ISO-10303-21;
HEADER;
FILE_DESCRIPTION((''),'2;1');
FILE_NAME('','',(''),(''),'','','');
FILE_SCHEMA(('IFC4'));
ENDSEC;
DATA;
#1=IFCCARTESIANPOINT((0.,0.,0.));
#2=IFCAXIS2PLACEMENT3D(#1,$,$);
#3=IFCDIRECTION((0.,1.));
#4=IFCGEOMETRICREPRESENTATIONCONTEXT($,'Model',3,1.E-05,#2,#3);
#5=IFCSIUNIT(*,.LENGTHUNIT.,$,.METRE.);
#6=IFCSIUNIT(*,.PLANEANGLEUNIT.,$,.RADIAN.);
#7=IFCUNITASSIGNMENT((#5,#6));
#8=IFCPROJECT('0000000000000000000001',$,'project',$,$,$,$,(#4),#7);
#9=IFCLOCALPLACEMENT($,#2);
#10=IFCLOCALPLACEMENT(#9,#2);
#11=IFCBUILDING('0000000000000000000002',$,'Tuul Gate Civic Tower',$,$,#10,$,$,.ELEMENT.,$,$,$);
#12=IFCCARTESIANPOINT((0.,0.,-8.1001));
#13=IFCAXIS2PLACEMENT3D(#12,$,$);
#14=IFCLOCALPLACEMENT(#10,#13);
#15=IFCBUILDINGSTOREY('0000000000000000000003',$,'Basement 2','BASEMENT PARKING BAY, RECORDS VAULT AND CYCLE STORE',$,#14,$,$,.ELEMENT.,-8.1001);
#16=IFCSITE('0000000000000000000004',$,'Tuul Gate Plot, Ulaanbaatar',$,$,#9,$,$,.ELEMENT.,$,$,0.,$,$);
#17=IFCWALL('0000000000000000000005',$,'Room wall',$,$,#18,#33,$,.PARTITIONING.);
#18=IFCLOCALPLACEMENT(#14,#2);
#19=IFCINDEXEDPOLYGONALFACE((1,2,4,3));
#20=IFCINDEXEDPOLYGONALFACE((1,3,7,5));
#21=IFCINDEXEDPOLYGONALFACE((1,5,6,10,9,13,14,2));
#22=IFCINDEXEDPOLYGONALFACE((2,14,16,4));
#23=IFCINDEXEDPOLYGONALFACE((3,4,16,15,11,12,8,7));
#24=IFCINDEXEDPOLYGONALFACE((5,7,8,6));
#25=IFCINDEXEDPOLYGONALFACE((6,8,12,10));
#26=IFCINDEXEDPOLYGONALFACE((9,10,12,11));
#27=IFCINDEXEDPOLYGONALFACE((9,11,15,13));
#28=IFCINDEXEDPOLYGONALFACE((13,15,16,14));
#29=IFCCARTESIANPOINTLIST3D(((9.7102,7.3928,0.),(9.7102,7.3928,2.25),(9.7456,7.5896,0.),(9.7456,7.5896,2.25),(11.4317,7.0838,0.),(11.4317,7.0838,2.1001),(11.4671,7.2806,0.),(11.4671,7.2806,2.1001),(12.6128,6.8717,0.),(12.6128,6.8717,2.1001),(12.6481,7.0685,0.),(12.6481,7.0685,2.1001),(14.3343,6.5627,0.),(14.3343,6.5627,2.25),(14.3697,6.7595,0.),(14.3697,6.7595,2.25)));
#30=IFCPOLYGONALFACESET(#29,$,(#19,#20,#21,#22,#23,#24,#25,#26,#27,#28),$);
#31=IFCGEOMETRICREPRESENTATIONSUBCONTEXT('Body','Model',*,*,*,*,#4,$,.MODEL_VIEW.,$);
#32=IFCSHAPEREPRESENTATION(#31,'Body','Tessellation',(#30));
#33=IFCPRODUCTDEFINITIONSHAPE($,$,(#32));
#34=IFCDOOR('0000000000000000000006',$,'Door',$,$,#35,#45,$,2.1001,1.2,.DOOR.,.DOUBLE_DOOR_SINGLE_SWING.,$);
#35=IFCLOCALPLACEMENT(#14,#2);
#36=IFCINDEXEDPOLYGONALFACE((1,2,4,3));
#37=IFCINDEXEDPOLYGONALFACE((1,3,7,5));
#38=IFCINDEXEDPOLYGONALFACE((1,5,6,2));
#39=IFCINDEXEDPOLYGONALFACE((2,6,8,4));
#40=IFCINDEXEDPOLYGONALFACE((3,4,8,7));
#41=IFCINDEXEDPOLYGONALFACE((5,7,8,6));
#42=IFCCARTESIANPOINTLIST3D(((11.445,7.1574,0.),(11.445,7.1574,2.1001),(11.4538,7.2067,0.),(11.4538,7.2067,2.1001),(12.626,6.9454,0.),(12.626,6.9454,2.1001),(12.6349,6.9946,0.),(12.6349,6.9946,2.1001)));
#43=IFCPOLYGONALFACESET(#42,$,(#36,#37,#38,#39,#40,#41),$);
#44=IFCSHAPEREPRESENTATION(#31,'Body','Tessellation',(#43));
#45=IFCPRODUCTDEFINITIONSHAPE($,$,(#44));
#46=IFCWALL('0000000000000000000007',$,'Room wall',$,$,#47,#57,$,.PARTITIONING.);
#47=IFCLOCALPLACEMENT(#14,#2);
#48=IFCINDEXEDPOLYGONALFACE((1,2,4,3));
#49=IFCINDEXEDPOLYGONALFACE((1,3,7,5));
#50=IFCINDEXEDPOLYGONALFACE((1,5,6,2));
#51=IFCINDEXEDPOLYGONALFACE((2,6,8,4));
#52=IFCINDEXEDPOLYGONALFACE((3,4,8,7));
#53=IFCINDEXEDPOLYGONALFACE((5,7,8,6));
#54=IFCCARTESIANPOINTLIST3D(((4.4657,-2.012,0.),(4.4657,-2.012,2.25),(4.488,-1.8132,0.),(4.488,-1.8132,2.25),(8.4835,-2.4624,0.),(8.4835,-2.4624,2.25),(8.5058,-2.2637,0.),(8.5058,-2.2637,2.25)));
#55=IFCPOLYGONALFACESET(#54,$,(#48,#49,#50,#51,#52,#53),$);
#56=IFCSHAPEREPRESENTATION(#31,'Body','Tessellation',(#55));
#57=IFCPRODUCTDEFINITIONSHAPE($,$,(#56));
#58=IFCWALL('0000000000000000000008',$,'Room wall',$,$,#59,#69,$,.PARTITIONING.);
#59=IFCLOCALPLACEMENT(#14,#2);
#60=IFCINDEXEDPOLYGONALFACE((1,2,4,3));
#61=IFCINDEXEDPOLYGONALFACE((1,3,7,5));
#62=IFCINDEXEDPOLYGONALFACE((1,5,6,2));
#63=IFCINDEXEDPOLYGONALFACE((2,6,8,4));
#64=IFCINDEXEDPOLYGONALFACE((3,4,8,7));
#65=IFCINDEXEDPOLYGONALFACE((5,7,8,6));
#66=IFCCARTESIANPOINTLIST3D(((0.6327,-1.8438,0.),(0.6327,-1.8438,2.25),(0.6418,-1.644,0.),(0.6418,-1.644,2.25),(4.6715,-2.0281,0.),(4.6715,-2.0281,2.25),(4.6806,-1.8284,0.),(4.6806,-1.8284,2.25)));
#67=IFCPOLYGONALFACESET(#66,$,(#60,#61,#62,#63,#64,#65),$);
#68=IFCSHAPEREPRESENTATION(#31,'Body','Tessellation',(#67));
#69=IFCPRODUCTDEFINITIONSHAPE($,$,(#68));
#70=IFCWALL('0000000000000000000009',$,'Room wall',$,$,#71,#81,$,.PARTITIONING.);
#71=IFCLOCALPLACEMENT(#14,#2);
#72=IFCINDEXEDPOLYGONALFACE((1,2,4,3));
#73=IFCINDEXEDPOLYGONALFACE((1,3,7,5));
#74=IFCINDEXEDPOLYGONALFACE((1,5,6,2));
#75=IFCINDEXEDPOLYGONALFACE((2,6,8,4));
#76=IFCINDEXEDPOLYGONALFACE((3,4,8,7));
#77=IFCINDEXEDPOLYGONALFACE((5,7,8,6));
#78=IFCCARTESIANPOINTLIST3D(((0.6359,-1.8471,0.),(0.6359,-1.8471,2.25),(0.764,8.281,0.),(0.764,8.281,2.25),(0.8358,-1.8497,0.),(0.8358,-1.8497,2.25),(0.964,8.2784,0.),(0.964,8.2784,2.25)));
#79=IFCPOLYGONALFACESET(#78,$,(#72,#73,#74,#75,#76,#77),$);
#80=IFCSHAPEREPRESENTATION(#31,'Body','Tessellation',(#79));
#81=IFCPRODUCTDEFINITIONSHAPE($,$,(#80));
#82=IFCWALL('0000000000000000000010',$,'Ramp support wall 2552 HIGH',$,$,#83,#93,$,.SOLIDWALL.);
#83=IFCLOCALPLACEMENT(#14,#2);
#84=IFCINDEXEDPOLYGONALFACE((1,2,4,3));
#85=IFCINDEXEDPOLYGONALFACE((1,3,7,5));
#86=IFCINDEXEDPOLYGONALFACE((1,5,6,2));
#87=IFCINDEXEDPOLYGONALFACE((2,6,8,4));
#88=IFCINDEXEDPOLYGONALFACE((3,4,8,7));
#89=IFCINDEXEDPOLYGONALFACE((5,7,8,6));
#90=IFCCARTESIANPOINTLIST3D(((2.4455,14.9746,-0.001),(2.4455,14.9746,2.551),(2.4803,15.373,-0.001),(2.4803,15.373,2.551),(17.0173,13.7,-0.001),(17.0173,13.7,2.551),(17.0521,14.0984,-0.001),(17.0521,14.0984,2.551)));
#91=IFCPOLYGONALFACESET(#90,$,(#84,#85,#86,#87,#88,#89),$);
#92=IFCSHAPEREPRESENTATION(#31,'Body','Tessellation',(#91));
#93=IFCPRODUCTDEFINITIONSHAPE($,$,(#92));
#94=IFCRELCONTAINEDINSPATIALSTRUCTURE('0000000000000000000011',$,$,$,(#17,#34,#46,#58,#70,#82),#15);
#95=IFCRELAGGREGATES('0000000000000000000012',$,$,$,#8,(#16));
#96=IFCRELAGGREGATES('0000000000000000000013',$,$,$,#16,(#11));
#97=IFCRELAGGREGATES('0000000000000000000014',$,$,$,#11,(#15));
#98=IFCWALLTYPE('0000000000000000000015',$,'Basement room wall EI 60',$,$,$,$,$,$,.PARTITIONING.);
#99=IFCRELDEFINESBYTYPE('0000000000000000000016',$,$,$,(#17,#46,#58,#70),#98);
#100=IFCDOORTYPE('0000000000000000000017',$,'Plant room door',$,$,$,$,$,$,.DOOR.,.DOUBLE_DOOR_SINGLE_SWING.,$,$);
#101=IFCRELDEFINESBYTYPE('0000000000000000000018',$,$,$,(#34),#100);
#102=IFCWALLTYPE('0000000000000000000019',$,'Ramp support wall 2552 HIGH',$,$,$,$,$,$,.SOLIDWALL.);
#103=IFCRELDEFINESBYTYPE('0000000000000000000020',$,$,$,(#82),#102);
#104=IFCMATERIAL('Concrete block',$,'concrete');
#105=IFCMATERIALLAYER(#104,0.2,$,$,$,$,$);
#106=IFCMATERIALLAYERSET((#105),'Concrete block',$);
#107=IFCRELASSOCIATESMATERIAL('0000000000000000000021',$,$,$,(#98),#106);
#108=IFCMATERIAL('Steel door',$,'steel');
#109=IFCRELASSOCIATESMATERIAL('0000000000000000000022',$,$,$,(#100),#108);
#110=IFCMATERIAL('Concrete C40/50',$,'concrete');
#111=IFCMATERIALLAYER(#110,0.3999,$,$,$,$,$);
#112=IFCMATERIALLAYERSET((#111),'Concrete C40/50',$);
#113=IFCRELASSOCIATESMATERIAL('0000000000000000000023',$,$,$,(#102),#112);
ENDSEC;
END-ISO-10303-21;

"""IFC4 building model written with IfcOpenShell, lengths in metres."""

from ifc_helpers import new_model, si_unit, direction, frame, frame_2d, origin, place, context, subcontext, project, spatial, rectangle, extrude, material, layer, layer_set, type_object, element, fill, save


model = new_model("IFC4")

# Units and contexts
model_context = context("Model", 3, precision=1e-05, world=origin(), true_north=direction((0.0, 1.0)))
body_context = subcontext(model_context, "Body", "Model", "MODEL_VIEW")
ifc_project = project(units=[si_unit("LENGTHUNIT", "METRE"), si_unit("PLANEANGLEUNIT", "RADIAN")], contexts=[model_context])

# Site, building, storey
site_placement = place(None, origin())
site = spatial("IfcSite", under=ifc_project, at=site_placement, Name="Tuul Gate Plot, Ulaanbaatar", CompositionType="ELEMENT", RefElevation=0.0)
building_placement = place(site_placement, origin())
building = spatial("IfcBuilding", under=site, at=building_placement, Name="Tuul Gate Civic Tower", CompositionType="ELEMENT")
storey_placement = place(building_placement, frame((0.0, 0.0, -8.1001)))
storey = spatial("IfcBuildingStorey", under=building, at=storey_placement, Name="Basement 2", Description="BASEMENT PARKING BAY, RECORDS VAULT AND CYCLE STORE", CompositionType="ELEMENT", Elevation=-8.1001)

# Shared definitions
ifc_material_1 = material(Name="Concrete block", Category="concrete")
ifc_layer_1 = layer(ifc_material_1, 0.2)
ifc_layer_set_1 = layer_set([ifc_layer_1], Name="Concrete block")
wall_type_1 = type_object("IfcWallType", Name="Basement room wall EI 60", PredefinedType="PARTITIONING", material=ifc_layer_set_1)

# Wall, opening, door
wall_1_placement = place(storey_placement, frame((9.7278, 7.4912, 0.0), z_axis=(0.0, 0.0, 1.0), x_axis=(0.984267, -0.17669, 0.0)))
wall_1 = element("IfcWall", 1, at=wall_1_placement, inside=storey, type_object=wall_type_1, Name="Room wall", PredefinedType="PARTITIONING", context=body_context, shape_type="SweptSolid", body=[
    extrude(rectangle(XDim=4.698, YDim=0.2, at=frame_2d((2.3491, 0.0))), origin(), (0.0, 0.0, 1.0), 2.25),
])
opening_placement = place(wall_1_placement, frame((1.749, 0.0, 0.0)))
opening = element("IfcOpeningElement", 2, at=opening_placement, cuts=wall_1, PredefinedType="OPENING", context=body_context, shape_type="SweptSolid", body=[
    extrude(rectangle(XDim=1.2, YDim=2.1001, at=frame_2d((0.6001, 1.05))), frame((0.0, 0.1099, 0.0), z_axis=(0.0, -1.0, 0.0), x_axis=(1.0, 0.0, 0.0)), (0.0, 0.0, 1.0), 0.22),
])
ifc_material_2 = material(Name="Steel door", Category="steel")
door_type = type_object("IfcDoorType", Name="Plant room door", OperationType="DOUBLE_DOOR_SINGLE_SWING", PredefinedType="DOOR", material=ifc_material_2)
door_placement = place(opening_placement, origin())
door = element("IfcDoor", 3, at=door_placement, inside=storey, type_object=door_type, Name="Door", OperationType="DOUBLE_DOOR_SINGLE_SWING", OverallHeight=2.1001, OverallWidth=1.2, PredefinedType="DOOR", context=body_context, shape_type="SweptSolid", body=[
    extrude(rectangle(XDim=1.2, YDim=2.1001, at=frame_2d((0.6001, 1.05))), frame((0.0, 0.0249, 0.0), z_axis=(0.0, -1.0, 0.0), x_axis=(1.0, 0.0, 0.0)), (0.0, 0.0, 1.0), 0.05),
])
fill(opening, door)

# Walls
for number, where, z_axis, x_axis, name in (
    (4, (8.4946, -2.363, 0.0), (0.0, 0.0, 1.0), (-0.993774, 0.111412, 0.0), "Room wall"),
    (5, (4.676, -1.9282, 0.0), (0.0, 0.0, 1.0), (-0.99896, 0.045591, 0.0), "Room wall"),
):
    element("IfcWall", number, at=place(storey_placement, frame(where, z_axis=z_axis, x_axis=x_axis)), inside=storey, type_object=wall_type_1, Name=name, PredefinedType="PARTITIONING", context=body_context, shape_type="SweptSolid", body=[
        extrude(rectangle(XDim=4.043, YDim=0.2, at=frame_2d((2.0215, 0.0))), origin(), (0.0, 0.0, 1.0), 2.25),
    ])
wall_2_placement = place(storey_placement, frame((0.7358, -1.8484, 0.0), z_axis=(0.0, 0.0, 1.0), x_axis=(0.012654, 0.99992, 0.0)))
element("IfcWall", 6, at=wall_2_placement, inside=storey, type_object=wall_type_1, Name="Room wall", PredefinedType="PARTITIONING", context=body_context, shape_type="SweptSolid", body=[
    extrude(rectangle(XDim=10.1289, YDim=0.2, at=frame_2d((5.0645, 0.0))), origin(), (0.0, 0.0, 1.0), 2.25),
])
ifc_material_3 = material(Name="Concrete C40/50", Category="concrete")
ifc_layer_2 = layer(ifc_material_3, 0.3999)
ifc_layer_set_2 = layer_set([ifc_layer_2], Name="Concrete C40/50")
wall_type_2 = type_object("IfcWallType", Name="Ramp support wall 2552 HIGH", PredefinedType="SOLIDWALL", material=ifc_layer_set_2)
wall_3_placement = place(storey_placement, frame((2.4629, 15.1738, -0.001), z_axis=(0.0, 0.0, 1.0), x_axis=(0.996196, -0.087142, 0.0)))
element("IfcWall", 7, at=wall_3_placement, inside=storey, type_object=wall_type_2, Name="Ramp support wall 2552 HIGH", PredefinedType="SOLIDWALL", context=body_context, shape_type="SweptSolid", body=[
    extrude(rectangle(XDim=14.6274, YDim=0.3999, at=frame_2d((7.3137, 0.0))), origin(), (0.0, 0.0, 1.0), 2.552),
])

save(model, "model.ifc")
